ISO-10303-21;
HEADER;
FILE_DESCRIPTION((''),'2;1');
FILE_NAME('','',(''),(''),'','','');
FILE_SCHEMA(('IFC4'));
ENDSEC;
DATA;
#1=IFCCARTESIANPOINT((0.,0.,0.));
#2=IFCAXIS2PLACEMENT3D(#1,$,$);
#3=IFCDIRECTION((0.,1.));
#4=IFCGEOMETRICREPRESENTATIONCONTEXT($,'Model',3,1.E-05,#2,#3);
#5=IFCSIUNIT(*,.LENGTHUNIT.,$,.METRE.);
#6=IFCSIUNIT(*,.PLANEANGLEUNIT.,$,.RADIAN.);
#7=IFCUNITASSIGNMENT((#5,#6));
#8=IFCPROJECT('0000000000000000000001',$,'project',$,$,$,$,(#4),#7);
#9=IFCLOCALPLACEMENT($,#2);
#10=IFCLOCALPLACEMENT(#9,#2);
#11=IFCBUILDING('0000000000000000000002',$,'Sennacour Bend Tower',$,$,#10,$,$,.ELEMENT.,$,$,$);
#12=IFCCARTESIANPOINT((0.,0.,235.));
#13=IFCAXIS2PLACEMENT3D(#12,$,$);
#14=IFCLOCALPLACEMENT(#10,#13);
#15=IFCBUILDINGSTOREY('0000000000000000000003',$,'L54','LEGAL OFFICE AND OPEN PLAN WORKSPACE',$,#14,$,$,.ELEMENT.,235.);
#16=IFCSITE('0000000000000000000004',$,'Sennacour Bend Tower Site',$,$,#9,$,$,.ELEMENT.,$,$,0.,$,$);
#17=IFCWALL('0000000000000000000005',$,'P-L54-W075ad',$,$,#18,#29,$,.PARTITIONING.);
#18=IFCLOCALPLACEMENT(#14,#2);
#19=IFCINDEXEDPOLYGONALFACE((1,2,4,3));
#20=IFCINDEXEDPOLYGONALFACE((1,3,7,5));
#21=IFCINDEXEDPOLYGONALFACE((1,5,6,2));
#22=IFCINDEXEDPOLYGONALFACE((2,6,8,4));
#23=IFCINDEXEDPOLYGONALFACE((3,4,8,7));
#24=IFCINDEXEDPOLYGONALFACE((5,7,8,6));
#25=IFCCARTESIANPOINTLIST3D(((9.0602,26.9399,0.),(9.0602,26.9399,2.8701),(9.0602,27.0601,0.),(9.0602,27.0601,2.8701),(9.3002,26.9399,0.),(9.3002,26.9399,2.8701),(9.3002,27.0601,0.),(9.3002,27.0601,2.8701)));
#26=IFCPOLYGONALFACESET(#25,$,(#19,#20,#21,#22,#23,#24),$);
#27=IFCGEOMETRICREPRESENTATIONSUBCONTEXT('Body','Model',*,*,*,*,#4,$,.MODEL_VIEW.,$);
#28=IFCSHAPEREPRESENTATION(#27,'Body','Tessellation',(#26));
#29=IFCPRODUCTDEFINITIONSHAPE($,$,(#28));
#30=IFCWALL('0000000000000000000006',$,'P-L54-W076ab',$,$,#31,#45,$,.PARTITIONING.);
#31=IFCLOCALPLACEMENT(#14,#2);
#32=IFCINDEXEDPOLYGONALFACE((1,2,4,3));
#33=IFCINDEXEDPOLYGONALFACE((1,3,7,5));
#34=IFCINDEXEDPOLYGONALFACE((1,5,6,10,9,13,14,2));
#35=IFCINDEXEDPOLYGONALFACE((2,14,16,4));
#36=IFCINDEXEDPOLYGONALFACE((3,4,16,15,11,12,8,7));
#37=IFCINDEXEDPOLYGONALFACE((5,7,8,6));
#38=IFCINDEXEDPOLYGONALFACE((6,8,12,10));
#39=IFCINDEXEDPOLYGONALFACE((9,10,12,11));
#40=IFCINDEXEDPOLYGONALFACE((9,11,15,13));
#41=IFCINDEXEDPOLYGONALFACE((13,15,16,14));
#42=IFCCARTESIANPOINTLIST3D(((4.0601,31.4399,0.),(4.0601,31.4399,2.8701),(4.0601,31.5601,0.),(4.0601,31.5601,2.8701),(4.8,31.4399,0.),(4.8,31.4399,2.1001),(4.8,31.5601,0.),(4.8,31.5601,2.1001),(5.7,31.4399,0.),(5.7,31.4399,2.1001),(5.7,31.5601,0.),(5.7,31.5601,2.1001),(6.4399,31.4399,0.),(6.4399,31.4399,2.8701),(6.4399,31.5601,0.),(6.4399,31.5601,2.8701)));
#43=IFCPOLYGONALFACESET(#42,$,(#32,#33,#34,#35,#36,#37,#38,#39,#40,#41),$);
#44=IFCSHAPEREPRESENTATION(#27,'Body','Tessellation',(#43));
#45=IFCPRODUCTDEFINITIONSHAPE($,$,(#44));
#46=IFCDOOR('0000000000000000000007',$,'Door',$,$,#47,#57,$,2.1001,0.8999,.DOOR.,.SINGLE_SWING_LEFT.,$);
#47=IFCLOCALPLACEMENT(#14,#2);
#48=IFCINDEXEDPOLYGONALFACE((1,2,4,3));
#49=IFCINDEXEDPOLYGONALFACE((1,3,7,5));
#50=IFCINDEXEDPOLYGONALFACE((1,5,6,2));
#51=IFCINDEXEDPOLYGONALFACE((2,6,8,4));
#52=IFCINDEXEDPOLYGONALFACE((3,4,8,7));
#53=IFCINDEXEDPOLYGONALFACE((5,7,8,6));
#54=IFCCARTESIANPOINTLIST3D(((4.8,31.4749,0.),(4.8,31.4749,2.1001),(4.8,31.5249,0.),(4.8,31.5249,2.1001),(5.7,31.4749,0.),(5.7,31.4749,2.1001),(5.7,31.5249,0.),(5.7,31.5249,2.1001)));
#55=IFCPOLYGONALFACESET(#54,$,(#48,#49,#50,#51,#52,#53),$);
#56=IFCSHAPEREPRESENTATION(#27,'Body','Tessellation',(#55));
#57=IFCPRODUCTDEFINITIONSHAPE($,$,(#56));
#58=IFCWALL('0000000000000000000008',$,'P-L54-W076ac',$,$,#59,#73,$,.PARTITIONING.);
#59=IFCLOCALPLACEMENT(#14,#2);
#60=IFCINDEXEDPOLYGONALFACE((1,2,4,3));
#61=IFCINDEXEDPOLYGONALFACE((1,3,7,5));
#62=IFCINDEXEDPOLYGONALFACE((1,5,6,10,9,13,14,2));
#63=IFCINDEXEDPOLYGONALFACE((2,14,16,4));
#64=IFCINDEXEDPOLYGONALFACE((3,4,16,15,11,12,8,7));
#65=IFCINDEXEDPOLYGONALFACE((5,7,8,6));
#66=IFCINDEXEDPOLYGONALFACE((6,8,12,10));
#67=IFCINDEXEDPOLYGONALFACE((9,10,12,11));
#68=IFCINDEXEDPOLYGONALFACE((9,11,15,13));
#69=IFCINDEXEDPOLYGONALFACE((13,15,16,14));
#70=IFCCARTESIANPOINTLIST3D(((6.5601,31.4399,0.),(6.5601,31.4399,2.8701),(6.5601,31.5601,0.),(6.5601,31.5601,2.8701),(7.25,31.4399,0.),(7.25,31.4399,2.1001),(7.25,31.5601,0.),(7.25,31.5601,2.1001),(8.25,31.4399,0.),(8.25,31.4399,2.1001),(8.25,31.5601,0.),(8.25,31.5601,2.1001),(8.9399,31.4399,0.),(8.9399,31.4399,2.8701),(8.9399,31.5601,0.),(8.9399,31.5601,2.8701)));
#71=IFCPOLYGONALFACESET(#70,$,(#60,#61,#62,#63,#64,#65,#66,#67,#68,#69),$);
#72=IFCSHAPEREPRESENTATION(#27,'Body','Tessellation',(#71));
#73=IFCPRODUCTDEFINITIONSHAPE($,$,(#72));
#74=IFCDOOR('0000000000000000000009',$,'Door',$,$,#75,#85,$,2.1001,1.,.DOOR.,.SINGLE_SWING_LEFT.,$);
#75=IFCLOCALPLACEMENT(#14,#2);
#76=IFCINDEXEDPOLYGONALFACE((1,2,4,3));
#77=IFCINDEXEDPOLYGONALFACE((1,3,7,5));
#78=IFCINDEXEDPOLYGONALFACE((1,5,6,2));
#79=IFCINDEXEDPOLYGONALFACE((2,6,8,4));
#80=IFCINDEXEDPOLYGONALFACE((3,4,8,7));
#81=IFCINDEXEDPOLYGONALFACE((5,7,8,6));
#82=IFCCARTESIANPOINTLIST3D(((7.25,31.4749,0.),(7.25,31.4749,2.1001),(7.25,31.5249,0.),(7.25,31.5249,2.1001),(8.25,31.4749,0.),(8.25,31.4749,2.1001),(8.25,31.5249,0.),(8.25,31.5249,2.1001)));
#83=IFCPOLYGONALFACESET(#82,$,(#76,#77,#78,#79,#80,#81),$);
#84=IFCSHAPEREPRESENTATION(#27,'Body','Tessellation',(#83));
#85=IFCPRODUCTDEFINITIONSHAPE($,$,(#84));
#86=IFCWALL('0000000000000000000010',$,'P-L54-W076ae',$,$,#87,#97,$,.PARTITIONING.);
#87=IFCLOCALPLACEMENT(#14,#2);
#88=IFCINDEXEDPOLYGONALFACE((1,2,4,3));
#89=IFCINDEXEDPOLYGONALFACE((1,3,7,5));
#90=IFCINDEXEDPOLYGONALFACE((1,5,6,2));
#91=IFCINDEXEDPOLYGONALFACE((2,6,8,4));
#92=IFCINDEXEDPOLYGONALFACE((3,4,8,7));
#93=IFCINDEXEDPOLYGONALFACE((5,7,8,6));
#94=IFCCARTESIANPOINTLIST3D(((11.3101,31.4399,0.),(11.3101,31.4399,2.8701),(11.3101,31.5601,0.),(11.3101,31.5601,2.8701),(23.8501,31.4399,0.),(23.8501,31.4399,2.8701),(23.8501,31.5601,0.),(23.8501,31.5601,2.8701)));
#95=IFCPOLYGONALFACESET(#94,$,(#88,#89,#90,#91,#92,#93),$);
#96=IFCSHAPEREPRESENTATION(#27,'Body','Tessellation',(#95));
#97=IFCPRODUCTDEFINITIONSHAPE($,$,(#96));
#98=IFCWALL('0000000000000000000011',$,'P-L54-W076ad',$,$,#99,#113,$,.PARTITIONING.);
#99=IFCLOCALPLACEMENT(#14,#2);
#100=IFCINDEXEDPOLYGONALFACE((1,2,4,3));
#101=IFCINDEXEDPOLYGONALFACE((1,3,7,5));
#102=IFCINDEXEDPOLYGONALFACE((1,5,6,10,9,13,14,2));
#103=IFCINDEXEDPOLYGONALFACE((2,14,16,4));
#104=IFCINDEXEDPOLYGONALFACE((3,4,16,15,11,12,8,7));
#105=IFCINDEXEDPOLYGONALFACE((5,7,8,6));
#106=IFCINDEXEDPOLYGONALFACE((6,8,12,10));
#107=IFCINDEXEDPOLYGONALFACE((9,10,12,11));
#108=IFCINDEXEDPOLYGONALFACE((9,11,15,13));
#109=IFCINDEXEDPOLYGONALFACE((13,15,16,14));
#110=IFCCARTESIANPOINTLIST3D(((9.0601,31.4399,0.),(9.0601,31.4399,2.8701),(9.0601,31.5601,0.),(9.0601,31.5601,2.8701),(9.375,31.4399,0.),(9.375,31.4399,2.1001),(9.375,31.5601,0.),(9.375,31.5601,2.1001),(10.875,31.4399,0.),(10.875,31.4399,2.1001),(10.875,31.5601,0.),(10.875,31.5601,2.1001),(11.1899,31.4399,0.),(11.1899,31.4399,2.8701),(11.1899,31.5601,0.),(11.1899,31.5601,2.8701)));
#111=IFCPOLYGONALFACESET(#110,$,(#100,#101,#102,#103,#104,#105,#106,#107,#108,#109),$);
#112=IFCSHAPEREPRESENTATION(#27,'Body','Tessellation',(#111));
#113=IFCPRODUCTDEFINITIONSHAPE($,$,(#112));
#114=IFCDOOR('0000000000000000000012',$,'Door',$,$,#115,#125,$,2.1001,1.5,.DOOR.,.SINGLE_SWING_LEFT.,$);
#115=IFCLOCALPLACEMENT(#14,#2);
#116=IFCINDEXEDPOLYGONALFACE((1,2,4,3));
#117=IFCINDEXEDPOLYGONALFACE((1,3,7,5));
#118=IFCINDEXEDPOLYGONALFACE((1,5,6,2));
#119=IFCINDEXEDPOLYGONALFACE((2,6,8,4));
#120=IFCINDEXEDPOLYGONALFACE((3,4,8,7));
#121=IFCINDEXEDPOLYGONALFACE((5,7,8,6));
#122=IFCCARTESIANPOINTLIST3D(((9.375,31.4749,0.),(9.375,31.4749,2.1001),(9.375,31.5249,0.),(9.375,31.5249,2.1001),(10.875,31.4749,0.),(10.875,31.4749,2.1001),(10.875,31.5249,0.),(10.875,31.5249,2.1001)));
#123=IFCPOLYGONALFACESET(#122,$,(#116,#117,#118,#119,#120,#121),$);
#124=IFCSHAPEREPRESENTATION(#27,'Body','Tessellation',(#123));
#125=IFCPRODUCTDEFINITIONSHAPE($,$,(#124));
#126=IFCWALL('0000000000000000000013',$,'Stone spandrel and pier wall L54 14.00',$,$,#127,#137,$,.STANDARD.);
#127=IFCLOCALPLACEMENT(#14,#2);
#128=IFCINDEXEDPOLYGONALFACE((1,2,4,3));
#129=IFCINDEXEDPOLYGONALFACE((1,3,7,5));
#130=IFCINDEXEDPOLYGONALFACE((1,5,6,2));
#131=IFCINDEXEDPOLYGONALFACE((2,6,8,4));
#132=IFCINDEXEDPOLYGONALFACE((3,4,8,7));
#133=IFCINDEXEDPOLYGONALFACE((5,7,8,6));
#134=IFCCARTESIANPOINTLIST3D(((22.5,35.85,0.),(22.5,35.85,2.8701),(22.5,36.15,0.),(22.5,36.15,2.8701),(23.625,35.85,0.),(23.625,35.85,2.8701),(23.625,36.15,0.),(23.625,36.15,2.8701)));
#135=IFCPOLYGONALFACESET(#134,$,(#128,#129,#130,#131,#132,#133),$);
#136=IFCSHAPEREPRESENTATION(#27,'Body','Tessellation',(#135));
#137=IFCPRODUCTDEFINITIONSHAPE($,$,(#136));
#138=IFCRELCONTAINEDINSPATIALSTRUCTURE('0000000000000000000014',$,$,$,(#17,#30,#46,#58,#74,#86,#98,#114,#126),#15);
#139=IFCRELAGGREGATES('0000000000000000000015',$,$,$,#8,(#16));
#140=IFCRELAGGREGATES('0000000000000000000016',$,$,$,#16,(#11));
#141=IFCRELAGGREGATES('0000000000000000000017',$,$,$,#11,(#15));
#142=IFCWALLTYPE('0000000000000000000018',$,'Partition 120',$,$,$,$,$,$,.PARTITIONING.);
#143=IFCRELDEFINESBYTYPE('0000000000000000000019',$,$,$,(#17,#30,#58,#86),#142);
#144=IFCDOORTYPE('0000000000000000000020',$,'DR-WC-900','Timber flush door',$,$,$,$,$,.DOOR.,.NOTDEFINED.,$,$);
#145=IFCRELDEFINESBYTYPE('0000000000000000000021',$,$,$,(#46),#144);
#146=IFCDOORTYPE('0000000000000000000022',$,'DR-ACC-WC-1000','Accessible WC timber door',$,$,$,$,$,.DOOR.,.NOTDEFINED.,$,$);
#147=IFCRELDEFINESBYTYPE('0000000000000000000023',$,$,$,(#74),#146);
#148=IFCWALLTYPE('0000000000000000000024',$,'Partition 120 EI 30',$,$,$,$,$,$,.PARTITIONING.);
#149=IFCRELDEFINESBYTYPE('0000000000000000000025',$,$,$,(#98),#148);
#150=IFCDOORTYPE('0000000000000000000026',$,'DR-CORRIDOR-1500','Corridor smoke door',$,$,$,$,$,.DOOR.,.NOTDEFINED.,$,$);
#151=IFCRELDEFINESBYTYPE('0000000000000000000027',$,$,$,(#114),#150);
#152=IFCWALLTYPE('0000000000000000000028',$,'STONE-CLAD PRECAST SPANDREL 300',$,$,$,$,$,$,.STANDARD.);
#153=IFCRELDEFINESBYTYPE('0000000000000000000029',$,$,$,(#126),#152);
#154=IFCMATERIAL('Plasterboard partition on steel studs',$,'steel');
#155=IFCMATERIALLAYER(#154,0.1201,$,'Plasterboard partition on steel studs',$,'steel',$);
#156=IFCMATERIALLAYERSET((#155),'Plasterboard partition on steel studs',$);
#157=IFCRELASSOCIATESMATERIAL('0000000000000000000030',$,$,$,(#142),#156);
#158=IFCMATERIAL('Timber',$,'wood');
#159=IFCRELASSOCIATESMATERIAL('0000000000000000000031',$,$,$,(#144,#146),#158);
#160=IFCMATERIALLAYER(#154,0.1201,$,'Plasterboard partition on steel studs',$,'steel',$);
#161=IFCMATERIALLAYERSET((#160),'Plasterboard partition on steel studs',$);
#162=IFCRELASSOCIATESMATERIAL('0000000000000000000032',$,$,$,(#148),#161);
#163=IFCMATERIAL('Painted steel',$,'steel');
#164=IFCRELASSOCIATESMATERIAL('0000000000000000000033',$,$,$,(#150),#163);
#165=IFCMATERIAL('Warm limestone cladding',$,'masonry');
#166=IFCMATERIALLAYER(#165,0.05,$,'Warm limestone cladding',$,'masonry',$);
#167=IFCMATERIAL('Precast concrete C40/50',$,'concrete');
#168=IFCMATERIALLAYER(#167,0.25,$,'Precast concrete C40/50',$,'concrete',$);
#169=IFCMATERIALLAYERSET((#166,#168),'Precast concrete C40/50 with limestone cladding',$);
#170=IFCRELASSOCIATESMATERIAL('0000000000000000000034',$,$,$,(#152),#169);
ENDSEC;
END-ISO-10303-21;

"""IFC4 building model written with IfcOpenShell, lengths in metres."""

from ifc_helpers import new_model, si_unit, direction, frame, frame_2d, origin, place, context, subcontext, project, spatial, rectangle, extrude, material, layer, layer_set, type_object, element, fill, save


model = new_model("IFC4")

# Units and contexts
model_context = context("Model", 3, precision=1e-05, world=origin(), true_north=direction((0.0, 1.0)))
body_context = subcontext(model_context, "Body", "Model", "MODEL_VIEW")
ifc_project = project(units=[si_unit("LENGTHUNIT", "METRE"), si_unit("PLANEANGLEUNIT", "RADIAN")], contexts=[model_context])

# Site, building, storey
site_placement = place(None, origin())
site = spatial("IfcSite", under=ifc_project, at=site_placement, Name="Sennacour Bend Tower Site", CompositionType="ELEMENT", RefElevation=0.0)
building_placement = place(site_placement, origin())
building = spatial("IfcBuilding", under=site, at=building_placement, Name="Sennacour Bend Tower", CompositionType="ELEMENT")
storey_placement = place(building_placement, frame((0.0, 0.0, 235.0)))
storey = spatial("IfcBuildingStorey", under=building, at=storey_placement, Name="L54", Description="LEGAL OFFICE AND OPEN PLAN WORKSPACE", CompositionType="ELEMENT", Elevation=235.0)

# Wall
ifc_material_1 = material(Name="Plasterboard partition on steel studs", Category="steel")
ifc_layer_1 = layer(ifc_material_1, 0.1201, Name="Plasterboard partition on steel studs", Category="steel")
ifc_layer_set_1 = layer_set([ifc_layer_1], Name="Plasterboard partition on steel studs")
wall_type_1 = type_object("IfcWallType", Name="Partition 120", PredefinedType="PARTITIONING", material=ifc_layer_set_1)
wall_1_placement = place(storey_placement, frame((9.0601, 27.0, 0.0), z_axis=(0.0, 0.0, 1.0), x_axis=(1.0, 0.0, 0.0)))
element("IfcWall", 1, at=wall_1_placement, inside=storey, type_object=wall_type_1, Name="P-L54-W075ad", PredefinedType="PARTITIONING", context=body_context, shape_type="SweptSolid", body=[
    extrude(rectangle(XDim=0.24, YDim=0.1201, at=frame_2d((0.1201, 0.0))), origin(), (0.0, 0.0, 1.0), 2.8701),
])

# Walls, openings, doors
wall_2_placement = place(storey_placement, frame((4.0601, 31.5, 0.0), z_axis=(0.0, 0.0, 1.0), x_axis=(1.0, 0.0, 0.0)))
wall_2 = element("IfcWall", 2, at=wall_2_placement, inside=storey, type_object=wall_type_1, Name="P-L54-W076ab", PredefinedType="PARTITIONING", context=body_context, shape_type="SweptSolid", body=[
    extrude(rectangle(XDim=2.3799, YDim=0.1201, at=frame_2d((1.1899, 0.0))), origin(), (0.0, 0.0, 1.0), 2.8701),
])
opening_1_placement = place(wall_2_placement, frame((0.74, 0.0, 0.0)))
opening_1 = element("IfcOpeningElement", 3, at=opening_1_placement, cuts=wall_2, PredefinedType="OPENING", context=body_context, shape_type="SweptSolid", body=[
    extrude(rectangle(XDim=0.8999, YDim=2.1001, at=frame_2d((0.45, 1.05))), frame((0.0, 0.0701, 0.0), z_axis=(0.0, -1.0, 0.0), x_axis=(1.0, 0.0, 0.0)), (0.0, 0.0, 1.0), 0.1401),
])
ifc_material_2 = material(Name="Timber", Category="wood")
door_type_1 = type_object("IfcDoorType", Name="DR-WC-900", Description="Timber flush door", OperationType="NOTDEFINED", PredefinedType="DOOR", material=ifc_material_2)
door_1_placement = place(opening_1_placement, origin())
door_1 = element("IfcDoor", 4, at=door_1_placement, inside=storey, type_object=door_type_1, Name="Door", OperationType="SINGLE_SWING_LEFT", OverallHeight=2.1001, OverallWidth=0.8999, PredefinedType="DOOR", context=body_context, shape_type="SweptSolid", body=[
    extrude(rectangle(XDim=0.8999, YDim=2.1001, at=frame_2d((0.45, 1.05))), frame((0.0, 0.0249, 0.0), z_axis=(0.0, -1.0, 0.0), x_axis=(1.0, 0.0, 0.0)), (0.0, 0.0, 1.0), 0.05),
])
fill(opening_1, door_1)
wall_3_placement = place(storey_placement, frame((6.5601, 31.5, 0.0), z_axis=(0.0, 0.0, 1.0), x_axis=(1.0, 0.0, 0.0)))
wall_3 = element("IfcWall", 5, at=wall_3_placement, inside=storey, type_object=wall_type_1, Name="P-L54-W076ac", PredefinedType="PARTITIONING", context=body_context, shape_type="SweptSolid", body=[
    extrude(rectangle(XDim=2.3799, YDim=0.1201, at=frame_2d((1.1899, 0.0))), origin(), (0.0, 0.0, 1.0), 2.8701),
])
opening_2_placement = place(wall_3_placement, frame((0.6899, 0.0, 0.0)))
opening_2 = element("IfcOpeningElement", 6, at=opening_2_placement, cuts=wall_3, PredefinedType="OPENING", context=body_context, shape_type="SweptSolid", body=[
    extrude(rectangle(XDim=1.0, YDim=2.1001, at=frame_2d((0.5, 1.05))), frame((0.0, 0.0701, 0.0), z_axis=(0.0, -1.0, 0.0), x_axis=(1.0, 0.0, 0.0)), (0.0, 0.0, 1.0), 0.1401),
])
door_type_2 = type_object("IfcDoorType", Name="DR-ACC-WC-1000", Description="Accessible WC timber door", OperationType="NOTDEFINED", PredefinedType="DOOR", material=ifc_material_2)
door_2_placement = place(opening_2_placement, origin())
door_2 = element("IfcDoor", 7, at=door_2_placement, inside=storey, type_object=door_type_2, Name="Door", OperationType="SINGLE_SWING_LEFT", OverallHeight=2.1001, OverallWidth=1.0, PredefinedType="DOOR", context=body_context, shape_type="SweptSolid", body=[
    extrude(rectangle(XDim=1.0, YDim=2.1001, at=frame_2d((0.5, 1.05))), frame((0.0, 0.0249, 0.0), z_axis=(0.0, -1.0, 0.0), x_axis=(1.0, 0.0, 0.0)), (0.0, 0.0, 1.0), 0.05),
])
fill(opening_2, door_2)

# Wall
wall_4_placement = place(storey_placement, frame((11.3101, 31.5, 0.0), z_axis=(0.0, 0.0, 1.0), x_axis=(1.0, 0.0, 0.0)))
element("IfcWall", 8, at=wall_4_placement, inside=storey, type_object=wall_type_1, Name="P-L54-W076ae", PredefinedType="PARTITIONING", context=body_context, shape_type="SweptSolid", body=[
    extrude(rectangle(XDim=12.54, YDim=0.1201, at=frame_2d((6.27, 0.0))), origin(), (0.0, 0.0, 1.0), 2.8701),
])

# Wall, opening, door
ifc_layer_2 = layer(ifc_material_1, 0.1201, Name="Plasterboard partition on steel studs", Category="steel")
ifc_layer_set_2 = layer_set([ifc_layer_2], Name="Plasterboard partition on steel studs")
wall_type_2 = type_object("IfcWallType", Name="Partition 120 EI 30", PredefinedType="PARTITIONING", material=ifc_layer_set_2)
wall_5_placement = place(storey_placement, frame((9.0601, 31.5, 0.0), z_axis=(0.0, 0.0, 1.0), x_axis=(1.0, 0.0, 0.0)))
wall_5 = element("IfcWall", 9, at=wall_5_placement, inside=storey, type_object=wall_type_2, Name="P-L54-W076ad", PredefinedType="PARTITIONING", context=body_context, shape_type="SweptSolid", body=[
    extrude(rectangle(XDim=2.1299, YDim=0.1201, at=frame_2d((1.0649, 0.0))), origin(), (0.0, 0.0, 1.0), 2.8701),
])
opening_3_placement = place(wall_5_placement, frame((0.3149, 0.0, 0.0)))
opening_3 = element("IfcOpeningElement", 10, at=opening_3_placement, cuts=wall_5, PredefinedType="OPENING", context=body_context, shape_type="SweptSolid", body=[
    extrude(rectangle(XDim=1.5, YDim=2.1001, at=frame_2d((0.75, 1.05))), frame((0.0, 0.0701, 0.0), z_axis=(0.0, -1.0, 0.0), x_axis=(1.0, 0.0, 0.0)), (0.0, 0.0, 1.0), 0.1401),
])
ifc_material_3 = material(Name="Painted steel", Category="steel")
door_type_3 = type_object("IfcDoorType", Name="DR-CORRIDOR-1500", Description="Corridor smoke door", OperationType="NOTDEFINED", PredefinedType="DOOR", material=ifc_material_3)
door_3_placement = place(opening_3_placement, origin())
door_3 = element("IfcDoor", 11, at=door_3_placement, inside=storey, type_object=door_type_3, Name="Door", OperationType="SINGLE_SWING_LEFT", OverallHeight=2.1001, OverallWidth=1.5, PredefinedType="DOOR", context=body_context, shape_type="SweptSolid", body=[
    extrude(rectangle(XDim=1.5, YDim=2.1001, at=frame_2d((0.75, 1.05))), frame((0.0, 0.0249, 0.0), z_axis=(0.0, -1.0, 0.0), x_axis=(1.0, 0.0, 0.0)), (0.0, 0.0, 1.0), 0.05),
])
fill(opening_3, door_3)

# Wall
ifc_material_4 = material(Name="Warm limestone cladding", Category="masonry")
ifc_layer_3 = layer(ifc_material_4, 0.05, Name="Warm limestone cladding", Category="masonry")
ifc_material_5 = material(Name="Precast concrete C40/50", Category="concrete")
ifc_layer_4 = layer(ifc_material_5, 0.25, Name="Precast concrete C40/50", Category="concrete")
ifc_layer_set_3 = layer_set([ifc_layer_3, ifc_layer_4], Name="Precast concrete C40/50 with limestone cladding")
wall_type_3 = type_object("IfcWallType", Name="STONE-CLAD PRECAST SPANDREL 300", PredefinedType="STANDARD", material=ifc_layer_set_3)
wall_6_placement = place(storey_placement, frame((23.625, 36.0, 0.0), z_axis=(0.0, 0.0, 1.0), x_axis=(-1.0, 0.0, 0.0)))
element("IfcWall", 12, at=wall_6_placement, inside=storey, type_object=wall_type_3, Name="Stone spandrel and pier wall L54 14.00", PredefinedType="STANDARD", context=body_context, shape_type="SweptSolid", body=[
    extrude(rectangle(XDim=1.125, YDim=0.3, at=frame_2d((0.5625, 0.0))), origin(), (0.0, 0.0, 1.0), 2.8701),
])

save(model, "model.ifc")
